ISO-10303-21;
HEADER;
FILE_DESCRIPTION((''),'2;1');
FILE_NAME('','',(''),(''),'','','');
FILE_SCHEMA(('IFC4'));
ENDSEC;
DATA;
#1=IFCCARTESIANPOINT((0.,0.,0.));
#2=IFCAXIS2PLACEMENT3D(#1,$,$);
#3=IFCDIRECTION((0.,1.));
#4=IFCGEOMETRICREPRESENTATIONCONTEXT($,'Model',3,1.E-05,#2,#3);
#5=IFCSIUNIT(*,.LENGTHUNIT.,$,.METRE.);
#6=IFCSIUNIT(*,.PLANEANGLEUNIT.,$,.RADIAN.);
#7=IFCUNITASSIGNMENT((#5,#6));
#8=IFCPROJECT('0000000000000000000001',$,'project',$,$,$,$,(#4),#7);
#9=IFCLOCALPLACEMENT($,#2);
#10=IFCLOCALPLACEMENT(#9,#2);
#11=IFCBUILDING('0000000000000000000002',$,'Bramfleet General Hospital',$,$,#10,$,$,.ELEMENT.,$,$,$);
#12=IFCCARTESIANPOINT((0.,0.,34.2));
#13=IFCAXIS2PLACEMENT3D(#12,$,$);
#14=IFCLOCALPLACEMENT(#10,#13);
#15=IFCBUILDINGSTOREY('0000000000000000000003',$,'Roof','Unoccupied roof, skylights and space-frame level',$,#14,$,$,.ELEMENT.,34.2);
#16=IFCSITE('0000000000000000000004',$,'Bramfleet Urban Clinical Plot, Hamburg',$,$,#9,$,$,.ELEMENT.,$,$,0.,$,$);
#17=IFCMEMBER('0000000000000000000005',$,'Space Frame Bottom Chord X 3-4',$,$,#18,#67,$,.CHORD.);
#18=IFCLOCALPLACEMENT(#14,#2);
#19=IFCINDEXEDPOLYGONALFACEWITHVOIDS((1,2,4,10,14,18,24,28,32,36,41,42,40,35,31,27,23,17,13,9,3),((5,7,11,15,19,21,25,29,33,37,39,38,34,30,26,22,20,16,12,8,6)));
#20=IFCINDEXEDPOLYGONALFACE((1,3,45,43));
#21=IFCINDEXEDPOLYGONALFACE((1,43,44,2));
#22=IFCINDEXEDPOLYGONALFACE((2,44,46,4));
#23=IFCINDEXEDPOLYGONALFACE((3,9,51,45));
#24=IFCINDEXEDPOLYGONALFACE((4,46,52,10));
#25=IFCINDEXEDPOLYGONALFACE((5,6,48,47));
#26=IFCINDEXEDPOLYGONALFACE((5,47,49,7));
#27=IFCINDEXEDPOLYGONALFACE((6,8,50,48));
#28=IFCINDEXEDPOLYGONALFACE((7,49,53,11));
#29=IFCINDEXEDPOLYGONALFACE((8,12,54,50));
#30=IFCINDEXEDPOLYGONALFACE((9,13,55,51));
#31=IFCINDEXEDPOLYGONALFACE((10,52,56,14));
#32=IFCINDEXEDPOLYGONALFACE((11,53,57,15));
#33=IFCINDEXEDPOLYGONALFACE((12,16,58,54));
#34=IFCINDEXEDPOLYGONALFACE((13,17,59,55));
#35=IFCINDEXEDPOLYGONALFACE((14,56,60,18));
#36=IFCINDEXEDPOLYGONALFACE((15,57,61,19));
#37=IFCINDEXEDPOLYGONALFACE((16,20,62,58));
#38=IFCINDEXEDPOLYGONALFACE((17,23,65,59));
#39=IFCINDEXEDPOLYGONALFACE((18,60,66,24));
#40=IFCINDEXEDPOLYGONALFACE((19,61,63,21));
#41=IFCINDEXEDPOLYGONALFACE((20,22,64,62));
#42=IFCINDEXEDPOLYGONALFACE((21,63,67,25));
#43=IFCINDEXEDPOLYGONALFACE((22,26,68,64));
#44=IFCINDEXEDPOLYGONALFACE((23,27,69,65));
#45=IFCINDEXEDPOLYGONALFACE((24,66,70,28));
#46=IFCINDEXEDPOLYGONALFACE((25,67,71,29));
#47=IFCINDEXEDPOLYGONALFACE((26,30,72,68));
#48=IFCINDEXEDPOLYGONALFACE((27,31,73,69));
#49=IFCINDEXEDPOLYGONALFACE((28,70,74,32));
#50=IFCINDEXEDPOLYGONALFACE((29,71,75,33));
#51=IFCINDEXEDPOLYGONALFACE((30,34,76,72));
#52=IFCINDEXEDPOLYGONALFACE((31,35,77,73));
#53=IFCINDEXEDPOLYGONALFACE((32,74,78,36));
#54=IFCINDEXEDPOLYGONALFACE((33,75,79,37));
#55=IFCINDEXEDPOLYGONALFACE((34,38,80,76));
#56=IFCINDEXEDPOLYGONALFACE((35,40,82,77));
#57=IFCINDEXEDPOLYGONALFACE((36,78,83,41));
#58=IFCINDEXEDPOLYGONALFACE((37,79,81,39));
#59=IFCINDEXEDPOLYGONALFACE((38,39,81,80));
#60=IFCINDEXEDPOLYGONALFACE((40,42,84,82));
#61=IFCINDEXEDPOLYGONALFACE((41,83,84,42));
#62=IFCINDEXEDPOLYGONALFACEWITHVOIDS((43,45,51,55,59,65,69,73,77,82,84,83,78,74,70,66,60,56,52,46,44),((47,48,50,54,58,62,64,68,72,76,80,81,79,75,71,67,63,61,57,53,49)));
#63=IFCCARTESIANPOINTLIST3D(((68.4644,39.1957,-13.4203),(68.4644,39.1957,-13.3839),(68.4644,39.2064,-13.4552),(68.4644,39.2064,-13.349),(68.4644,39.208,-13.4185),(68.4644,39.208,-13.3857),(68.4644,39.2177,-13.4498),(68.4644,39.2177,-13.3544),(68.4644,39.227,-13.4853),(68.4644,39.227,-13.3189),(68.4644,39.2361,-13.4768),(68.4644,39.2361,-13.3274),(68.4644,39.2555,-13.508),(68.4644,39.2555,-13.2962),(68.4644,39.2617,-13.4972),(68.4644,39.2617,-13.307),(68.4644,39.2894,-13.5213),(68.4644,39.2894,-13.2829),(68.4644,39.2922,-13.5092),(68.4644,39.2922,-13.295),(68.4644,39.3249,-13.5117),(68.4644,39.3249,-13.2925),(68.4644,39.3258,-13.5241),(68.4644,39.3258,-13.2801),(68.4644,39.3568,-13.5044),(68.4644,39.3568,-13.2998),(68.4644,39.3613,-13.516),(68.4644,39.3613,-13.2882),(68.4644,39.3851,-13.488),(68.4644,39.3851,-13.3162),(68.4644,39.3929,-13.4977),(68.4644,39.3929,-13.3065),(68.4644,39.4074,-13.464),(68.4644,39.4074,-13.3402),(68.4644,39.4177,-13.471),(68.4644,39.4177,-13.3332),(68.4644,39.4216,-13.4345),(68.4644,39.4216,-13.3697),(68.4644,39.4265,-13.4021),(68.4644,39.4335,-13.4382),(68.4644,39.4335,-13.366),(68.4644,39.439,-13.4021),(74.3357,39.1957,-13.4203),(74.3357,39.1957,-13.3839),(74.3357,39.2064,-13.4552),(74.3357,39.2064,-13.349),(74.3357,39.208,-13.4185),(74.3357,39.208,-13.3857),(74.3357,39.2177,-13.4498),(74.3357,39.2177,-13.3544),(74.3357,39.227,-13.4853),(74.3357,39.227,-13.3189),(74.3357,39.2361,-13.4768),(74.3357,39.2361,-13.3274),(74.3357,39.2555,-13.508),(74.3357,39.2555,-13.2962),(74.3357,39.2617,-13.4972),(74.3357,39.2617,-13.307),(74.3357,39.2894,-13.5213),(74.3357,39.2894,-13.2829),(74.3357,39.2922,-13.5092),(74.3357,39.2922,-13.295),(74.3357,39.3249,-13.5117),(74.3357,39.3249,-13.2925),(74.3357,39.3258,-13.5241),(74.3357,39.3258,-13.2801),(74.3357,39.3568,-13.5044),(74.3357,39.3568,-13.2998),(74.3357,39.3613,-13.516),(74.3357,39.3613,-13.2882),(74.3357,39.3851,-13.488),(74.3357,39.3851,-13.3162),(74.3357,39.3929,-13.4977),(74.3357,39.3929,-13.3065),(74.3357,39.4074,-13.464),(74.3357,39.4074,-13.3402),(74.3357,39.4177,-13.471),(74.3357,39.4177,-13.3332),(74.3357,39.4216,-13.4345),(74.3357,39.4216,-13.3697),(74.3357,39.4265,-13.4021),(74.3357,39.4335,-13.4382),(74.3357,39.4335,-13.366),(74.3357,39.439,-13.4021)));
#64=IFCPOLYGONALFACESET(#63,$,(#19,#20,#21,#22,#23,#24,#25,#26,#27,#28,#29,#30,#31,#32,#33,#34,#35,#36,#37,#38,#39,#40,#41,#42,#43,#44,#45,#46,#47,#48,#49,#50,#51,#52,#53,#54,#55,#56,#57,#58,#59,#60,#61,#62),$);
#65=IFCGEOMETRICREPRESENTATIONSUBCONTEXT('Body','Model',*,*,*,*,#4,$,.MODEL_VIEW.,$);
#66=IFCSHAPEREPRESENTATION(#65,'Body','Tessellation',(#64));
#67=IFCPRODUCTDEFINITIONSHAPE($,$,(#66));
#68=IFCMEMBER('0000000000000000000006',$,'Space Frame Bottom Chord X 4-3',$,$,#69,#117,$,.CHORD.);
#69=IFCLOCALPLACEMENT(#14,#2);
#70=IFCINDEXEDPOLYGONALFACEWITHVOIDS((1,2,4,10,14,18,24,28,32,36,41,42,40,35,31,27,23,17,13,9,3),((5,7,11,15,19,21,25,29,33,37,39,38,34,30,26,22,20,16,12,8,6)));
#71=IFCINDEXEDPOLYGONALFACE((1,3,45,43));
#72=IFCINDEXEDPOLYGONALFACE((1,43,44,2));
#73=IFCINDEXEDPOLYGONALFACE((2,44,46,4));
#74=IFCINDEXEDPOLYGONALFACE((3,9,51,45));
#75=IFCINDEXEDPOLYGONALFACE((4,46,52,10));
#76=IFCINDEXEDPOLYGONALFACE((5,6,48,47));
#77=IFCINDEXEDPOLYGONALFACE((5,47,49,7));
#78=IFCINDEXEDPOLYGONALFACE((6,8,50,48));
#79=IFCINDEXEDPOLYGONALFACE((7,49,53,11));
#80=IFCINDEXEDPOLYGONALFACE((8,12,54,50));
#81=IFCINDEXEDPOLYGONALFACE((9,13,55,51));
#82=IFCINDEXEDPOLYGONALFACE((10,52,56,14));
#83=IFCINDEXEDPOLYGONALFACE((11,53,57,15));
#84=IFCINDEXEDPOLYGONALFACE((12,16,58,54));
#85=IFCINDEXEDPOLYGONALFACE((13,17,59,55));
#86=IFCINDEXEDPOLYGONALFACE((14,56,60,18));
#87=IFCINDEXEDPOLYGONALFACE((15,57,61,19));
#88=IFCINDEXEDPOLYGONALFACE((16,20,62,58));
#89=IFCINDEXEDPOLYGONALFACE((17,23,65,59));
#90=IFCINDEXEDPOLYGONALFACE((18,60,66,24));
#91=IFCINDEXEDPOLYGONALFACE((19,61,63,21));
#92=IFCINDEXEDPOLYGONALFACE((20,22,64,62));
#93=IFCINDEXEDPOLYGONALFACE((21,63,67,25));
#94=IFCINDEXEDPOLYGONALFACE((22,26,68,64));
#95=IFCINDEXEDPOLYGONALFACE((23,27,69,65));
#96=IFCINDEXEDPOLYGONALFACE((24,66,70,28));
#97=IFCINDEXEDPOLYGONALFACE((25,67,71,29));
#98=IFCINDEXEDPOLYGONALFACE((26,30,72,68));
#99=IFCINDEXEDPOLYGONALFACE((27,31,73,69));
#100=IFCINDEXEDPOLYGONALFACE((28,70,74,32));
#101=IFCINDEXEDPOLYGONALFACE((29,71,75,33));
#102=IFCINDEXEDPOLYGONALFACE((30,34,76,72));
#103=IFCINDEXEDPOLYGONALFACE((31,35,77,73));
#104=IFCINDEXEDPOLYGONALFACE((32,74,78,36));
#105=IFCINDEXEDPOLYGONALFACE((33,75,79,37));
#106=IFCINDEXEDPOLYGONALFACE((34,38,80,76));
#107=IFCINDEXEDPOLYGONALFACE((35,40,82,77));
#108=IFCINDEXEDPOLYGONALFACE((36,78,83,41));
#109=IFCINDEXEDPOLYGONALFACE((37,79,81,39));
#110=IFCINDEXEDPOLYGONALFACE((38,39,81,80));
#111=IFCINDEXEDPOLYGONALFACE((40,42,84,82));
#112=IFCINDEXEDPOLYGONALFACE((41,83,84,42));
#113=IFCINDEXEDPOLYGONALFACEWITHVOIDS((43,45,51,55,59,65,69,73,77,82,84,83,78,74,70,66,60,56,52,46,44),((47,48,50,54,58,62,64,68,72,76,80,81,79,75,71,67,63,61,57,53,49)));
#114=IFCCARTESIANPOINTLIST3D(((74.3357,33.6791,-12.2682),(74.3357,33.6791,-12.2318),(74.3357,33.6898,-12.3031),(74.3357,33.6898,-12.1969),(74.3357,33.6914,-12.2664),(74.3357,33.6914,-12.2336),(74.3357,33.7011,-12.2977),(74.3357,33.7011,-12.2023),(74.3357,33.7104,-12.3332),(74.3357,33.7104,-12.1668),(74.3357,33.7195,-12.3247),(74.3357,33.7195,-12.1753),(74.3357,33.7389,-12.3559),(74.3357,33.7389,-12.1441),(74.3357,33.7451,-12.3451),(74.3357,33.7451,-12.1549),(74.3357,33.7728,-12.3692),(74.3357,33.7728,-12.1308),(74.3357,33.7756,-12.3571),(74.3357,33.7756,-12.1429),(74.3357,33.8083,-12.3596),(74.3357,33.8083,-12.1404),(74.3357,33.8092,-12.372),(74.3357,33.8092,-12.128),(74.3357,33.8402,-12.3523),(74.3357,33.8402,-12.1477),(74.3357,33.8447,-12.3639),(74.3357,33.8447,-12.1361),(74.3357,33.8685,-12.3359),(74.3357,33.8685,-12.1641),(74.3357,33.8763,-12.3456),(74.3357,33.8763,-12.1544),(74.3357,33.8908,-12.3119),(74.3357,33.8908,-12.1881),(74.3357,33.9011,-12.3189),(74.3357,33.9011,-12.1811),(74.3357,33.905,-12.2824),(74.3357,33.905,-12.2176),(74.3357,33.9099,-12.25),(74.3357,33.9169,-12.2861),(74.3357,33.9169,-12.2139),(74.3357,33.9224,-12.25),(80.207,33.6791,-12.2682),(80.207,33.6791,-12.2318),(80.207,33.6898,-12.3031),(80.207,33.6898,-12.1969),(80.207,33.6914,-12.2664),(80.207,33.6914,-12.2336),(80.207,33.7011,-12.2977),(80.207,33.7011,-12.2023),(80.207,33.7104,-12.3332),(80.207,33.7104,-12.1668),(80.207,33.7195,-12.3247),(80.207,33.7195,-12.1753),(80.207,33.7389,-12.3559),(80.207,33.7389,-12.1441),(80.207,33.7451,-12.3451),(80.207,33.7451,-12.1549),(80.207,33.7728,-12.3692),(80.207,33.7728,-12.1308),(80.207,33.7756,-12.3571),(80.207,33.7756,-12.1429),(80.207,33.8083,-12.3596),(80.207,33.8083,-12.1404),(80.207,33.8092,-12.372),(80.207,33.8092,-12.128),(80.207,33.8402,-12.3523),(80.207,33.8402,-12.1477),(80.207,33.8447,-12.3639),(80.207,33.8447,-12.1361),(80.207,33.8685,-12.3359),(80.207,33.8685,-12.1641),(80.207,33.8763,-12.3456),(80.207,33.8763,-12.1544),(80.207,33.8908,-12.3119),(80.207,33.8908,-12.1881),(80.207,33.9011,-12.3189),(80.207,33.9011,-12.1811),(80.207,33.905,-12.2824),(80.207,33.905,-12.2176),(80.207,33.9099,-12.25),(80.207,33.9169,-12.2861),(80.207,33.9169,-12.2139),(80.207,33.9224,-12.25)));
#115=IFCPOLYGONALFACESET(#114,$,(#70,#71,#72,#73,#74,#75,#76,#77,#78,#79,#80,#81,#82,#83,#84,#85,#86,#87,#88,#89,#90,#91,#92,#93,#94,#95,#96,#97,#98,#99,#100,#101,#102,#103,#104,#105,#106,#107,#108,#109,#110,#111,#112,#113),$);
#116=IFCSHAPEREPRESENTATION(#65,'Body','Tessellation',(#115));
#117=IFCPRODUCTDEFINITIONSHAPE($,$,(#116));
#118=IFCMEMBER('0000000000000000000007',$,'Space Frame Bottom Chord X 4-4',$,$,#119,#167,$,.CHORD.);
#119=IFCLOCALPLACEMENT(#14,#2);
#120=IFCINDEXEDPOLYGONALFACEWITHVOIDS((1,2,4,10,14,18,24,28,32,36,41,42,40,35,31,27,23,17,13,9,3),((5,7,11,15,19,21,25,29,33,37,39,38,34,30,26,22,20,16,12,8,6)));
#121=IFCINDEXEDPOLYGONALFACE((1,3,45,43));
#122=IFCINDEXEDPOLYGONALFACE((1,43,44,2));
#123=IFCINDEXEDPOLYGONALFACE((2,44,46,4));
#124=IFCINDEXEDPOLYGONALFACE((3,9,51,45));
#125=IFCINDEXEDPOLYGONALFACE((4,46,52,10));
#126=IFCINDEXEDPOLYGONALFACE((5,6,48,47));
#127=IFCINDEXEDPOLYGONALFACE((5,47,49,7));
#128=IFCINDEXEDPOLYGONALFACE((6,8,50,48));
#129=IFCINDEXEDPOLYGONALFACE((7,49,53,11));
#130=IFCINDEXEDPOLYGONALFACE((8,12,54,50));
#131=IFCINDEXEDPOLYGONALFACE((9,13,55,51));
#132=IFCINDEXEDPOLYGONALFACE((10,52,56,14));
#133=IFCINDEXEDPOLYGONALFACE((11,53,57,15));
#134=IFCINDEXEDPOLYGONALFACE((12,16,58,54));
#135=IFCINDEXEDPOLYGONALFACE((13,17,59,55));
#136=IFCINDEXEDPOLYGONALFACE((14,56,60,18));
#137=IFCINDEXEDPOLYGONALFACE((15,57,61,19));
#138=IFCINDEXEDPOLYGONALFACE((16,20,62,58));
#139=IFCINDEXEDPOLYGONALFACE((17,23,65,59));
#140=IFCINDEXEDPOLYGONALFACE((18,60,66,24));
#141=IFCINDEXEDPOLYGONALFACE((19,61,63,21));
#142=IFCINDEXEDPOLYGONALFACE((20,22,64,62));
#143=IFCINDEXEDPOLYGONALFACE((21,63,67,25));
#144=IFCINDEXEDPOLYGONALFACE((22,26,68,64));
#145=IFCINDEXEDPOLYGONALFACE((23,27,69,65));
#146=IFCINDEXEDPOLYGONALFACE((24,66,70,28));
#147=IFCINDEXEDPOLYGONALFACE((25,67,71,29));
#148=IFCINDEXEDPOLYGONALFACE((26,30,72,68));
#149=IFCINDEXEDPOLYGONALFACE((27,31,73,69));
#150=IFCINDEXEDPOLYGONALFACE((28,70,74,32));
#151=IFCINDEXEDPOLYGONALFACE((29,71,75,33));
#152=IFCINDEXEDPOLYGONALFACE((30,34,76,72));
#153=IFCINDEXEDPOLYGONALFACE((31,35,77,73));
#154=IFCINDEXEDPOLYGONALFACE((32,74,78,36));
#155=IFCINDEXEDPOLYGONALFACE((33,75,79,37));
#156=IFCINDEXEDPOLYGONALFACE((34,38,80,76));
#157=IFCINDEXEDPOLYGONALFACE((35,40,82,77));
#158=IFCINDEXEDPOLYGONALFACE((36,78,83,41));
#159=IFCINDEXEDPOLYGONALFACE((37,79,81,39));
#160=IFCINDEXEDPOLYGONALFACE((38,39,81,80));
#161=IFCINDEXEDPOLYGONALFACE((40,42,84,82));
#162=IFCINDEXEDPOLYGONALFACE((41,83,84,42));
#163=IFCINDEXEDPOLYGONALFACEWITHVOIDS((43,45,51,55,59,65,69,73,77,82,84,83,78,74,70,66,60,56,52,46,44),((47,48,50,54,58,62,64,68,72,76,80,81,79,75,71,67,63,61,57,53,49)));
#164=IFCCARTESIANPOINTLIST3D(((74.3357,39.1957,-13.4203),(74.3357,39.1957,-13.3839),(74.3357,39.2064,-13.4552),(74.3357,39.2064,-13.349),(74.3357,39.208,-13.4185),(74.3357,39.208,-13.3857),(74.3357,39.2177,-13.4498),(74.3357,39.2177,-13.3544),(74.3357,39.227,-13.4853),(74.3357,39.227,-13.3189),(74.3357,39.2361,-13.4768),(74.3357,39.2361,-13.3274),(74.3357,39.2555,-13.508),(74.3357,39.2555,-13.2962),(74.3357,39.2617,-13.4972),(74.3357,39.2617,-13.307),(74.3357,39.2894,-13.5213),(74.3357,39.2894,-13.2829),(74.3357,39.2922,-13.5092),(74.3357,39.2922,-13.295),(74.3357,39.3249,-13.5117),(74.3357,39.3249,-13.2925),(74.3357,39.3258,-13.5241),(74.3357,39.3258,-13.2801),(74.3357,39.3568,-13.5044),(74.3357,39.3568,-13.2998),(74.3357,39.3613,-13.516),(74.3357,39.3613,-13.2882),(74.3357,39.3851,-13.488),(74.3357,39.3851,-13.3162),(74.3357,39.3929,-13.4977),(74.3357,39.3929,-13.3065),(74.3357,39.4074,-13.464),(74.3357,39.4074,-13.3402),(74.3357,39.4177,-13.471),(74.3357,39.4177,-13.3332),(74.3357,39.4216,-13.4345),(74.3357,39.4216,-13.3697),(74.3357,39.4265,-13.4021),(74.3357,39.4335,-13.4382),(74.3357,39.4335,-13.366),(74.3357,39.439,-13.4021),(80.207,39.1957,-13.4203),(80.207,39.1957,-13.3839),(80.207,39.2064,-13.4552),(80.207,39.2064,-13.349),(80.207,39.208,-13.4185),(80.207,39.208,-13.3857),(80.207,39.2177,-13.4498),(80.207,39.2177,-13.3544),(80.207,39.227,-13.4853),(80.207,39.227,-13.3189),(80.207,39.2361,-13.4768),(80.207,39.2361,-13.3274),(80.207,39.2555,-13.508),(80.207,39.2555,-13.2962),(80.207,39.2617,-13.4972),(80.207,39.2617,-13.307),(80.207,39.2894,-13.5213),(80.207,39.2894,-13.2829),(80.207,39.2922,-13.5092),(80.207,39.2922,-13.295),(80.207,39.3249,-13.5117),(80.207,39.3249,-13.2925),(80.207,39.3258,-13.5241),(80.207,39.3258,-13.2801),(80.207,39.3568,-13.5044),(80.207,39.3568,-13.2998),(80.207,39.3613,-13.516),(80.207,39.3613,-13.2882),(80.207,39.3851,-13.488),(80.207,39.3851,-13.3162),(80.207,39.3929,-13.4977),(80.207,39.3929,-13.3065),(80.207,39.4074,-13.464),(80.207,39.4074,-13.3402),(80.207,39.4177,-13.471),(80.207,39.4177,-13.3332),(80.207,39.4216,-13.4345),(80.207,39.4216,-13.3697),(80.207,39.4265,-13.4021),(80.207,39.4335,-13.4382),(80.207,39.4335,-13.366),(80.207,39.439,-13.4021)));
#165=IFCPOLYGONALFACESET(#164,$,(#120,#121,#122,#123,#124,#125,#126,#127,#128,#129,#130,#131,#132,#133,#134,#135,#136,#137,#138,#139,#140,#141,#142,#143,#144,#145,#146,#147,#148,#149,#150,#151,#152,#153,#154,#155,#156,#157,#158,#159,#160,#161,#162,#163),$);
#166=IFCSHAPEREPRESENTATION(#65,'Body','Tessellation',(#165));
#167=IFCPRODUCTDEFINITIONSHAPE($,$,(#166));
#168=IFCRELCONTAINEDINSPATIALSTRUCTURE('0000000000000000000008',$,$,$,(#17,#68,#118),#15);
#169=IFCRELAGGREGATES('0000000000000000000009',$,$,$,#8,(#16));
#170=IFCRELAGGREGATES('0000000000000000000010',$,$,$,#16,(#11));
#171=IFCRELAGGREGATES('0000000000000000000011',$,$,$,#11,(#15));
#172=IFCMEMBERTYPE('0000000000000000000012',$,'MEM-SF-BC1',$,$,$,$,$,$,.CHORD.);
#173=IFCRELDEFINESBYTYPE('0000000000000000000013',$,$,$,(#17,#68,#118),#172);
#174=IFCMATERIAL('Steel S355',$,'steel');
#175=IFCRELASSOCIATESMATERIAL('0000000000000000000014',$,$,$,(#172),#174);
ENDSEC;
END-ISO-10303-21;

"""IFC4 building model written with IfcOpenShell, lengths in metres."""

from ifc_helpers import new_model, si_unit, direction, frame, origin, origin_2d, place, context, subcontext, project, spatial, hollow_circle, extrude, material, material_profile, profile_set, type_object, element, save


model = new_model("IFC4")

# Units and contexts
model_context = context("Model", 3, precision=1e-05, world=origin(), true_north=direction((0.0, 1.0)))
body_context = subcontext(model_context, "Body", "Model", "MODEL_VIEW")
ifc_project = project(units=[si_unit("LENGTHUNIT", "METRE"), si_unit("PLANEANGLEUNIT", "RADIAN")], contexts=[model_context])

# Site, building, storey
site_placement = place(None, origin())
site = spatial("IfcSite", under=ifc_project, at=site_placement, Name="Bramfleet Urban Clinical Plot, Hamburg", CompositionType="ELEMENT", RefElevation=0.0)
building_placement = place(site_placement, origin())
building = spatial("IfcBuilding", under=site, at=building_placement, Name="Bramfleet General Hospital", CompositionType="ELEMENT")
storey_placement = place(building_placement, frame((0.0, 0.0, 34.2)))
storey = spatial("IfcBuildingStorey", under=building, at=storey_placement, Name="Roof", Description="Unoccupied roof, skylights and space-frame level", CompositionType="ELEMENT", Elevation=34.2)

# Members
ifc_material = material(Name="Steel S355", Category="steel")
ifc_material_profile_1 = material_profile(ifc_material, hollow_circle(Radius=0.1223, WallThickness=0.0125, at=origin_2d()), Name="CHS 244.5x12.5")
ifc_profile_set_1 = profile_set([ifc_material_profile_1], Name="Steel S355")
member_type_1 = type_object("IfcMemberType", Name="MEM-SF-BC1", PredefinedType="CHORD", material=ifc_profile_set_1)
for number, where, z_axis, x_axis, name in (
    (1, (68.4644, 39.3167, -13.4021), (1.0, 0.0, 0.0), (0.0, 1.0, 0.0), "Space Frame Bottom Chord X 3-4"),
    (2, (74.3357, 33.8, -12.25), (1.0, 0.0, 0.0), (0.0, 1.0, 0.0), "Space Frame Bottom Chord X 4-3"),
    (3, (74.3357, 39.3167, -13.4021), (1.0, 0.0, 0.0), (0.0, 1.0, 0.0), "Space Frame Bottom Chord X 4-4"),
):
    element("IfcMember", number, at=place(storey_placement, frame(where, z_axis=z_axis, x_axis=x_axis)), inside=storey, type_object=member_type_1, Name=name, PredefinedType="CHORD", context=body_context, shape_type="SweptSolid", body=[
        extrude(hollow_circle(Radius=0.1223, WallThickness=0.0125, at=origin_2d()), origin(), (0.0, 0.0, 1.0), 5.8713),
    ])

save(model, "model.ifc")
